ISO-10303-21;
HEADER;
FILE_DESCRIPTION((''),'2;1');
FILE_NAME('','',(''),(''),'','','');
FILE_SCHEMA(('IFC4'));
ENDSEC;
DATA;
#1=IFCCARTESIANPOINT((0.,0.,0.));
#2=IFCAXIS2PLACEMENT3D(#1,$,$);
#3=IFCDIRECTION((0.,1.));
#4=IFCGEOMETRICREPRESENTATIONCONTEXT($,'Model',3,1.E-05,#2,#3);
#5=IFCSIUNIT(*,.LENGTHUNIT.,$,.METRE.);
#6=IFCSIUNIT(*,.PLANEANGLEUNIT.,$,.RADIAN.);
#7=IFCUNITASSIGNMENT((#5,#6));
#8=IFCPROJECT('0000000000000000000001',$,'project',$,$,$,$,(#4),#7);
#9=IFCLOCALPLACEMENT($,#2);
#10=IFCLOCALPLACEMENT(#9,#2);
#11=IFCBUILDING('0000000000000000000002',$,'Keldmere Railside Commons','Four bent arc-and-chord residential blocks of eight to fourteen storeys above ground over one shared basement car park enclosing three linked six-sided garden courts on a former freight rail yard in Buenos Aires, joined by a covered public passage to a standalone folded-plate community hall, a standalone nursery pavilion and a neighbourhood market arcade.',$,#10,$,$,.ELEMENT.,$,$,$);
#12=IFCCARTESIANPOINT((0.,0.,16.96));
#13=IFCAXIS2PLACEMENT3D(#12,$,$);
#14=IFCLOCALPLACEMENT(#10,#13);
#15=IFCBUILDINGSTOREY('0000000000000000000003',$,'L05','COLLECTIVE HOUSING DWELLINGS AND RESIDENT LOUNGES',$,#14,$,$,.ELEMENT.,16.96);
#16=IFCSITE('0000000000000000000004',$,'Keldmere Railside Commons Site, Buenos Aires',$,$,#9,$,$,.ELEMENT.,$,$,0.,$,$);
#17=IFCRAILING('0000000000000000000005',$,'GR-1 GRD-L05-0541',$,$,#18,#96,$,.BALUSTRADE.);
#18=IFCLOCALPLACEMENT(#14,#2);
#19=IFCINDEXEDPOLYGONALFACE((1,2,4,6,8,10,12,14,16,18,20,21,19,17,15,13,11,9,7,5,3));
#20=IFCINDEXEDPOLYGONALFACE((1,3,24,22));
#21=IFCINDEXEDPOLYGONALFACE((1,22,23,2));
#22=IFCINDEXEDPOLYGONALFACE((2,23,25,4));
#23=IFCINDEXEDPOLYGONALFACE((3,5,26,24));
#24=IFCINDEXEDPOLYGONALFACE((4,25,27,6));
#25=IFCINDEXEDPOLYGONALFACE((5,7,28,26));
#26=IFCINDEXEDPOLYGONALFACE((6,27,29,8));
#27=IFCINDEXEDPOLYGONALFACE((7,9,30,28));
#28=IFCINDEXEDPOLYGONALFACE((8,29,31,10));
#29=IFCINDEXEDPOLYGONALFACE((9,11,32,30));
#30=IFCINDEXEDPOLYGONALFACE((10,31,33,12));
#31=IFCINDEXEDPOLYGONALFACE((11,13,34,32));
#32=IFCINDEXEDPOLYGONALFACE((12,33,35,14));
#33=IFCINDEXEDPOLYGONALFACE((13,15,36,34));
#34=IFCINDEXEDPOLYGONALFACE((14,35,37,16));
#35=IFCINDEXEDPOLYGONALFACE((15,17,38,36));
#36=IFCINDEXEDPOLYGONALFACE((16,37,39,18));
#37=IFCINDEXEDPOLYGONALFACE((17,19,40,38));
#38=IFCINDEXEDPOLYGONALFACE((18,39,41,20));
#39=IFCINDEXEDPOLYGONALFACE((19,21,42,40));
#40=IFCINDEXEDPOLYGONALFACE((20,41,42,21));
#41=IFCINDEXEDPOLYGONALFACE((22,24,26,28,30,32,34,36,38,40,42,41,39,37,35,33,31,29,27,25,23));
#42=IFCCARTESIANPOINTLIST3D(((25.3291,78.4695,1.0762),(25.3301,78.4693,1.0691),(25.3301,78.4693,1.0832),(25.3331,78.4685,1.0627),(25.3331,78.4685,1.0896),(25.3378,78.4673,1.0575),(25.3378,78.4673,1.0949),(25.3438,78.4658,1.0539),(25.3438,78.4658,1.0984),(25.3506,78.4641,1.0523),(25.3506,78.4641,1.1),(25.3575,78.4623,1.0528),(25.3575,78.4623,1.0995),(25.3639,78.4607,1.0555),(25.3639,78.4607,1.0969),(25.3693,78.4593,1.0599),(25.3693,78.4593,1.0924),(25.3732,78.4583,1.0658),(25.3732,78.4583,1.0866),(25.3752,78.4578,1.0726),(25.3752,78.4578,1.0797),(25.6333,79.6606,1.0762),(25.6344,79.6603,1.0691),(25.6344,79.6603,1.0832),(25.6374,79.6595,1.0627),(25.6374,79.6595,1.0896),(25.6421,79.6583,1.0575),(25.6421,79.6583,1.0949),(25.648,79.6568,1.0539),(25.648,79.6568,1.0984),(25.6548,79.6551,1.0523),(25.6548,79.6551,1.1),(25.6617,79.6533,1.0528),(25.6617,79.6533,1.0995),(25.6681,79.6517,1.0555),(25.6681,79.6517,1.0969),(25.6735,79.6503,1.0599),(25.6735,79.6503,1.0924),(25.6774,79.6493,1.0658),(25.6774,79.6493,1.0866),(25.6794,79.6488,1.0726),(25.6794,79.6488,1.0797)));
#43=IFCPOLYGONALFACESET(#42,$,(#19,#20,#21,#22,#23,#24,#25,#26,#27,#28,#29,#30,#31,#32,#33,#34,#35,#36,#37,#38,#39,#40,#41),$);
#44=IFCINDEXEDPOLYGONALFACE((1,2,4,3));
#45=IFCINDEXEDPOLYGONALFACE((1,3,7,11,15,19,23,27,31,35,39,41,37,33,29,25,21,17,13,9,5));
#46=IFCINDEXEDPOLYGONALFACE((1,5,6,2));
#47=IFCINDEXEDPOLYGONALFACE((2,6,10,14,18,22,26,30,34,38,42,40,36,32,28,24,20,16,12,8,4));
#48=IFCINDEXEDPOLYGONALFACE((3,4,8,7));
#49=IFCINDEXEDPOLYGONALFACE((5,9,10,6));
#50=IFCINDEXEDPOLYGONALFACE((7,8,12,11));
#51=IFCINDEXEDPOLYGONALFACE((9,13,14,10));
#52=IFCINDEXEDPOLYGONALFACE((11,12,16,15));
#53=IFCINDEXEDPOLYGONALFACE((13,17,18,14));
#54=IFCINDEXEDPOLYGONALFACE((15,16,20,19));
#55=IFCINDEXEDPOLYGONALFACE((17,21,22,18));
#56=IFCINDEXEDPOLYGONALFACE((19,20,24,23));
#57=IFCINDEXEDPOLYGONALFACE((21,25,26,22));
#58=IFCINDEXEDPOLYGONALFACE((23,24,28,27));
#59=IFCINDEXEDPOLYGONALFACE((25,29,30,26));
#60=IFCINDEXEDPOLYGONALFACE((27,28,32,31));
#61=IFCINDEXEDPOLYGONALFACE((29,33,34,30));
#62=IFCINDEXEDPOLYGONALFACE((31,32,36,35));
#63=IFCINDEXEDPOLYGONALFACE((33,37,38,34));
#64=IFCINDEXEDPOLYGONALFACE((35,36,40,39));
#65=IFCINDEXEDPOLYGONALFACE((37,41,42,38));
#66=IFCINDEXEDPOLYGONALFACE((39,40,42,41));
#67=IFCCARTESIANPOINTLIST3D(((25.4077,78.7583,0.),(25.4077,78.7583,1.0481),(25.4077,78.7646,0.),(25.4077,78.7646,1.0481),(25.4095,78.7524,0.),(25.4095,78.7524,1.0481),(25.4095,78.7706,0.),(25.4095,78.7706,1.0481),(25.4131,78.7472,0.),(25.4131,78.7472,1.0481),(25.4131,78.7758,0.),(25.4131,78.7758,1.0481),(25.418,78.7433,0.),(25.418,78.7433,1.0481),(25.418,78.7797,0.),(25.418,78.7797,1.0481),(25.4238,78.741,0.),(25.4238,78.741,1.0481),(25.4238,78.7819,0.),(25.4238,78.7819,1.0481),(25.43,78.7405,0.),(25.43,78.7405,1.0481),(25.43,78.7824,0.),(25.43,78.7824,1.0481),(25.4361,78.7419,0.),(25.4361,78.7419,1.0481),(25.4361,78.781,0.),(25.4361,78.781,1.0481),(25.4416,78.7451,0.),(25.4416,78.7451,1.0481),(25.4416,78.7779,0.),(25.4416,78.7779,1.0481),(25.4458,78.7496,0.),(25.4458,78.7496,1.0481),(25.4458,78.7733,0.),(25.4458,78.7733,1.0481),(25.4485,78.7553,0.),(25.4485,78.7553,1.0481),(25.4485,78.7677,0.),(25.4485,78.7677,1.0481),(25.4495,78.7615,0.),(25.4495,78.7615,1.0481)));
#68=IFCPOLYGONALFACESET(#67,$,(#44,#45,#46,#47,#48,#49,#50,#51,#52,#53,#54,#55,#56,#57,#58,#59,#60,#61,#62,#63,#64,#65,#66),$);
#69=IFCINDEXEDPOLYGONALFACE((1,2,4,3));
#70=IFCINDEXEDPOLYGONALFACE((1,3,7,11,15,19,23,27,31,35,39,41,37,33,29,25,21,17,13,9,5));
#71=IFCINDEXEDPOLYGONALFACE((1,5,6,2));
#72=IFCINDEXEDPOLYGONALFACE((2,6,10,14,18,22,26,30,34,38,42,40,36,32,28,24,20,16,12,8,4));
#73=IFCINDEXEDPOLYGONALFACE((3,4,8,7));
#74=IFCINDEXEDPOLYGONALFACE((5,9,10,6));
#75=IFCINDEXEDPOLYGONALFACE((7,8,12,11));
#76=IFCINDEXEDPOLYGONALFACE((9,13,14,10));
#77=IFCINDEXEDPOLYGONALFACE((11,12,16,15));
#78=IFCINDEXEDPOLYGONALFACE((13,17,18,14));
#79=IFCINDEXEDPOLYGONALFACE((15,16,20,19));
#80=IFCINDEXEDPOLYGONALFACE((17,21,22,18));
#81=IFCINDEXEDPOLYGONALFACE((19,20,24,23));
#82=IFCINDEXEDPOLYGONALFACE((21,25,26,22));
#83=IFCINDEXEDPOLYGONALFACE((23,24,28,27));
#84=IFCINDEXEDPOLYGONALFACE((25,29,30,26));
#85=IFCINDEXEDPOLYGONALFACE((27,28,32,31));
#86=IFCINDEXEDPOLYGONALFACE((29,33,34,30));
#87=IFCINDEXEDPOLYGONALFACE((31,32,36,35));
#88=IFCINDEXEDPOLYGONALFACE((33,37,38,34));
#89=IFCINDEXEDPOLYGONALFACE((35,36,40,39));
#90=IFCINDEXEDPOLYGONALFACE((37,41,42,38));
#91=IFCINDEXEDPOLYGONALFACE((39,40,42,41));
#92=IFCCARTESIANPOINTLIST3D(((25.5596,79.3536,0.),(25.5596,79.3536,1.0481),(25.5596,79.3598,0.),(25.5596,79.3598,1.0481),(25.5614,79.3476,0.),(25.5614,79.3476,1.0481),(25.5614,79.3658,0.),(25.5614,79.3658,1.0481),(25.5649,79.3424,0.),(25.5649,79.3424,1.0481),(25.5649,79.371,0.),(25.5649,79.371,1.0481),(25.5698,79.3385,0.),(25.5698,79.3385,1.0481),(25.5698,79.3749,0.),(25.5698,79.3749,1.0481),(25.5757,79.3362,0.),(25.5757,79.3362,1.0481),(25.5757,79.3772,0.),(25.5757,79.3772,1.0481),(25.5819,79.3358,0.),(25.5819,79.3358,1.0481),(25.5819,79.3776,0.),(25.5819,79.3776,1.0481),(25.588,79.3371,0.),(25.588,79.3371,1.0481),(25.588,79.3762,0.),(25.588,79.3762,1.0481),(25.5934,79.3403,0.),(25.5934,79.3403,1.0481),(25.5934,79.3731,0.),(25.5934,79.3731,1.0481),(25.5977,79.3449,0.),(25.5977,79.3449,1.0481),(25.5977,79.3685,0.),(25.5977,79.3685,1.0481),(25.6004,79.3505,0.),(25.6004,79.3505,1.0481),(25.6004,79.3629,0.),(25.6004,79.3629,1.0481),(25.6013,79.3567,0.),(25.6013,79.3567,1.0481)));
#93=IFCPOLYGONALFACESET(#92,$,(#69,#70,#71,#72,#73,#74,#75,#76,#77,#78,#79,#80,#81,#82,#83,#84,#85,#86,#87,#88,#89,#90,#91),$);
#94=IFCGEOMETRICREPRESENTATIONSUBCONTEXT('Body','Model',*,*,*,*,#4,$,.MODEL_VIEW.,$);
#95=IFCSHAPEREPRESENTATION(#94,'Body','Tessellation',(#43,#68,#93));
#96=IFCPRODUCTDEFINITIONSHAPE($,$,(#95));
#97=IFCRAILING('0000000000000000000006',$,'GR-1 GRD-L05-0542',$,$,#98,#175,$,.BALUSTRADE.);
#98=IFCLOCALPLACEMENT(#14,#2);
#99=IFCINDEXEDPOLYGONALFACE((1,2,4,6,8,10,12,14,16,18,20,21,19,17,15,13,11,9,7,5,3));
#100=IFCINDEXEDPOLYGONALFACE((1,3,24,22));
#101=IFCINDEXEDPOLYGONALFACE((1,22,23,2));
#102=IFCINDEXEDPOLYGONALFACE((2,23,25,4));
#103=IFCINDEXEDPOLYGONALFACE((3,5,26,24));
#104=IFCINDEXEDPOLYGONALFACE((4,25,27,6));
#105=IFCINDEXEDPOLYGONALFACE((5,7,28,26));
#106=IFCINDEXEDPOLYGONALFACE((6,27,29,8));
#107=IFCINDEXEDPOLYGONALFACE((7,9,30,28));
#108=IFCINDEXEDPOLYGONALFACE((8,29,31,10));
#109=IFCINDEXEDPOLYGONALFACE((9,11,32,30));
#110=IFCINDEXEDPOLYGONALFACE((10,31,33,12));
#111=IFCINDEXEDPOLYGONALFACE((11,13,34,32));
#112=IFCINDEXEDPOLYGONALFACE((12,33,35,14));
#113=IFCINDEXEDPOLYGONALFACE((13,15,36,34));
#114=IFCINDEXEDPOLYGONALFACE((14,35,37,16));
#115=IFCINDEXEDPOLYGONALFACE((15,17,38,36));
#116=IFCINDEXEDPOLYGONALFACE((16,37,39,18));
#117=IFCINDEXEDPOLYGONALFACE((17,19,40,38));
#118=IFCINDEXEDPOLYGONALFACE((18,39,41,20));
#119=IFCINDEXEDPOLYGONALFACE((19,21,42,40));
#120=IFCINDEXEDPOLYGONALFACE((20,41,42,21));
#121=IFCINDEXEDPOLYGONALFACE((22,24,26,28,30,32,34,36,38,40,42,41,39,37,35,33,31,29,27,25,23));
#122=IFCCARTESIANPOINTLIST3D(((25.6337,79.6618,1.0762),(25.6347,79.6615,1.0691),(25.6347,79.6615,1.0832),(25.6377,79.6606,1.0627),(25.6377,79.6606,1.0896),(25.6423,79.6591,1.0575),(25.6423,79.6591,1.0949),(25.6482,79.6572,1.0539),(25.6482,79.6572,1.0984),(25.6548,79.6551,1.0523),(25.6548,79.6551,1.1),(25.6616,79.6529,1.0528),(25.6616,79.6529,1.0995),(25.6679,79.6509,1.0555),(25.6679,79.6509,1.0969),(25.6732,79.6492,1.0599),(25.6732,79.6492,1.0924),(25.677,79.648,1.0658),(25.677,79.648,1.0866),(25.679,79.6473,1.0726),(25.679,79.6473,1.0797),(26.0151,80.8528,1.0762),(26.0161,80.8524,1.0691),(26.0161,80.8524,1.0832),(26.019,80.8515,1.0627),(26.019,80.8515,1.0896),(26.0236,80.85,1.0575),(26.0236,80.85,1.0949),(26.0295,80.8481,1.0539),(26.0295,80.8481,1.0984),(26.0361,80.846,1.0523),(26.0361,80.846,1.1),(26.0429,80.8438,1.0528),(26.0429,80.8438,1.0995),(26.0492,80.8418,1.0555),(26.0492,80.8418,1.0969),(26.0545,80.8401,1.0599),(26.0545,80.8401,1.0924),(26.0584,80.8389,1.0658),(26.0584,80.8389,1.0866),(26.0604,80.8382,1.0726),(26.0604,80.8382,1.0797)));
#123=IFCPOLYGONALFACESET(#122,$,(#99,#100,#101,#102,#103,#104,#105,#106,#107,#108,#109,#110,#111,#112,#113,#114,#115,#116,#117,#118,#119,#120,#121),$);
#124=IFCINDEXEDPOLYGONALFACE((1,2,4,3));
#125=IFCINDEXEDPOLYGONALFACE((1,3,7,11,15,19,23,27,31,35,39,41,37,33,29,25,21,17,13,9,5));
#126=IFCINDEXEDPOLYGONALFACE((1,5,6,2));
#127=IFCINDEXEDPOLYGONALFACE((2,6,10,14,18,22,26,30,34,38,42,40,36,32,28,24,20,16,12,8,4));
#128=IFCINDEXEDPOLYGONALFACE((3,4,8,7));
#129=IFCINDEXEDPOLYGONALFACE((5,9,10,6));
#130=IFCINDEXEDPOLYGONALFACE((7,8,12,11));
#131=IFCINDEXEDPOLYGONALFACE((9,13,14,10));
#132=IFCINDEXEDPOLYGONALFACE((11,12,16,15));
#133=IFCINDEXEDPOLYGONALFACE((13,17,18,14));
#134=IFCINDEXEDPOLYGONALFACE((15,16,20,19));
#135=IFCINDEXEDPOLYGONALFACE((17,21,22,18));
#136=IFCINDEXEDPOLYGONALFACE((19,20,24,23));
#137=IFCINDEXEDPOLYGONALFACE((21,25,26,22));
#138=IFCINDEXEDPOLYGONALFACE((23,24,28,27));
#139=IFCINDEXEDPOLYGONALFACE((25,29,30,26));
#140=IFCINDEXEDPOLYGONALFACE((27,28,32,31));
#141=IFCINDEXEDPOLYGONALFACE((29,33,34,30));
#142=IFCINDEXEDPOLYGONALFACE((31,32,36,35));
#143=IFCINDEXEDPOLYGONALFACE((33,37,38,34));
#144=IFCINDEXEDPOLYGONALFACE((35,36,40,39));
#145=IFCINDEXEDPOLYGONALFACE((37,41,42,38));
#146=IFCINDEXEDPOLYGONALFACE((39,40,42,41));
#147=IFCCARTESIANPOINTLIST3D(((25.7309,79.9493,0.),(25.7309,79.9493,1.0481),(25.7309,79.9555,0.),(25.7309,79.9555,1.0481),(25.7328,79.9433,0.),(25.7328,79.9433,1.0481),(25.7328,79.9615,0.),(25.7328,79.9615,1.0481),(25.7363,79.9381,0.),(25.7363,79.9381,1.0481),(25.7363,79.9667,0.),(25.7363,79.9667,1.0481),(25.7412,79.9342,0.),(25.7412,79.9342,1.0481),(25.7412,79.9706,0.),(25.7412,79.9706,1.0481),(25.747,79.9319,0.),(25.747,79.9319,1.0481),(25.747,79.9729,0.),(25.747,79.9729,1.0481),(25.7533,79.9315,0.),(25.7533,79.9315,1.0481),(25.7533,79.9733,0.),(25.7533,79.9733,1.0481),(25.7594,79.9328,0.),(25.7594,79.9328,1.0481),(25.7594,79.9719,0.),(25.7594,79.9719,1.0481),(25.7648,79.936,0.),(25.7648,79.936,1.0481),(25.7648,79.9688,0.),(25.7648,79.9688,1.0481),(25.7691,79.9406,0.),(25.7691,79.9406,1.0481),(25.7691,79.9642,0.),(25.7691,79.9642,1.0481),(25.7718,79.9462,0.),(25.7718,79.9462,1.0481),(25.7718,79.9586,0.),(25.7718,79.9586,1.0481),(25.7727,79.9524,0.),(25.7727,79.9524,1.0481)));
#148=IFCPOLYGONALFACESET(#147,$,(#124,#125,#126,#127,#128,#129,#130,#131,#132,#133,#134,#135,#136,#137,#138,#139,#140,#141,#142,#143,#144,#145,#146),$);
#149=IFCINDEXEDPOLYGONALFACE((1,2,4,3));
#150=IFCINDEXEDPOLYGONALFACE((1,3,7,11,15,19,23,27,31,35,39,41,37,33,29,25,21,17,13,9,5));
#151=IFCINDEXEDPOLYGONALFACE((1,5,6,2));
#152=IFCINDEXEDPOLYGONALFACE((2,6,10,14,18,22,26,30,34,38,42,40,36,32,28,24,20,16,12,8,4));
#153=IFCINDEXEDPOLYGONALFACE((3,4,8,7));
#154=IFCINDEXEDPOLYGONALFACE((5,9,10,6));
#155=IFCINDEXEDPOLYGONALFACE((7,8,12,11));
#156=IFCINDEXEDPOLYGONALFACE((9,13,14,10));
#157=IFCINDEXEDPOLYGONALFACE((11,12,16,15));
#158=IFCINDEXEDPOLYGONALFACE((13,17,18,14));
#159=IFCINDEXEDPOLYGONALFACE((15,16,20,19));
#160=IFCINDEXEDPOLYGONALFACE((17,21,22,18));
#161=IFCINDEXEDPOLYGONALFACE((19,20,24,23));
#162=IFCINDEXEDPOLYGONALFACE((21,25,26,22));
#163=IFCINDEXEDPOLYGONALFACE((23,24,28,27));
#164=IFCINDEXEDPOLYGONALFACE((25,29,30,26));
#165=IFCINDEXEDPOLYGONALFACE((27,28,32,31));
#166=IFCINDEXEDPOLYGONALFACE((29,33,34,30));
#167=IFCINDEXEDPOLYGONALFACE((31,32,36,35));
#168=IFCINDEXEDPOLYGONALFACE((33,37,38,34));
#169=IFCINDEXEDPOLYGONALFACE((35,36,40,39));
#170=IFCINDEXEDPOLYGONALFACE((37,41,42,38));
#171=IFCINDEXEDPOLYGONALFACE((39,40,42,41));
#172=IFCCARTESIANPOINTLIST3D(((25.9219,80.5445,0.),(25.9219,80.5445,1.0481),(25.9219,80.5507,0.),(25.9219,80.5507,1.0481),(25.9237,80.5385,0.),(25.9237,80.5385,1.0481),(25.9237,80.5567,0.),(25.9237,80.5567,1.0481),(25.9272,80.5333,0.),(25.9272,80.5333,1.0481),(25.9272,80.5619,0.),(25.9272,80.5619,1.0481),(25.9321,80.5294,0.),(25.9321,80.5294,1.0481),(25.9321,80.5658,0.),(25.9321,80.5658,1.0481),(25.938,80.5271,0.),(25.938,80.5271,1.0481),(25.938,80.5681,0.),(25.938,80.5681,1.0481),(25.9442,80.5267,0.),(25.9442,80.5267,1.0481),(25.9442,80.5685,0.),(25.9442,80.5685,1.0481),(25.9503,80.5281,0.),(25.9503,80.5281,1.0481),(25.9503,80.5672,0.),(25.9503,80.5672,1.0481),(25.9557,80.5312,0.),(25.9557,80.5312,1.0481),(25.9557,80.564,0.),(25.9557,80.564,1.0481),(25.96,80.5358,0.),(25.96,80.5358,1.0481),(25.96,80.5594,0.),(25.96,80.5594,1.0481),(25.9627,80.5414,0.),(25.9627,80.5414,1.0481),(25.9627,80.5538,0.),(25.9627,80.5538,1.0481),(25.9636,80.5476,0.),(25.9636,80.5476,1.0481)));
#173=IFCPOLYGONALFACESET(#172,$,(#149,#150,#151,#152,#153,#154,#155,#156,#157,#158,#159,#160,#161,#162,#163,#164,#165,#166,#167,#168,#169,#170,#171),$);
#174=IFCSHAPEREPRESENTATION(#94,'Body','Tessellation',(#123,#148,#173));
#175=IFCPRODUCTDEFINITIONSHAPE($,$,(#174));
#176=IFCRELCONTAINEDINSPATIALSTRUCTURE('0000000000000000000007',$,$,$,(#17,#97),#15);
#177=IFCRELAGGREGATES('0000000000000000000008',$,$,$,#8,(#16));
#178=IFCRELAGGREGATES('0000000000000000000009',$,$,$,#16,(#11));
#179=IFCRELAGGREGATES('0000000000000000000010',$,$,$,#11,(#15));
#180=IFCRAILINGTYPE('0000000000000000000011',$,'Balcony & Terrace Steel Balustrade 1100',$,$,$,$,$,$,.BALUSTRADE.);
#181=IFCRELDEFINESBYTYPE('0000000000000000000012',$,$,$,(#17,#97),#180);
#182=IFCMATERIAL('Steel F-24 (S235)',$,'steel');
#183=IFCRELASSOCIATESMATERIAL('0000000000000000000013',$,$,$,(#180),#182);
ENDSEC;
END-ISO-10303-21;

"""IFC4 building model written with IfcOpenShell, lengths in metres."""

from ifc_helpers import new_model, si_unit, direction, frame, origin, origin_2d, place, context, subcontext, project, spatial, circle, extrude, material, type_object, element, save


model = new_model("IFC4")

# Units and contexts
model_context = context("Model", 3, precision=1e-05, world=origin(), true_north=direction((0.0, 1.0)))
body_context = subcontext(model_context, "Body", "Model", "MODEL_VIEW")
ifc_project = project(units=[si_unit("LENGTHUNIT", "METRE"), si_unit("PLANEANGLEUNIT", "RADIAN")], contexts=[model_context])

# Site, building, storey
site_placement = place(None, origin())
site = spatial("IfcSite", under=ifc_project, at=site_placement, Name="Keldmere Railside Commons Site, Buenos Aires", CompositionType="ELEMENT", RefElevation=0.0)
building_placement = place(site_placement, origin())
building = spatial("IfcBuilding", under=site, at=building_placement, Name="Keldmere Railside Commons", Description="Four bent arc-and-chord residential blocks of eight to fourteen storeys above ground over one shared basement car park enclosing three linked six-sided garden courts on a former freight rail yard in Buenos Aires, joined by a covered public passage to a standalone folded-plate community hall, a standalone nursery pavilion and a neighbourhood market arcade.", CompositionType="ELEMENT")
storey_placement = place(building_placement, frame((0.0, 0.0, 16.96)))
storey = spatial("IfcBuildingStorey", under=building, at=storey_placement, Name="L05", Description="COLLECTIVE HOUSING DWELLINGS AND RESIDENT LOUNGES", CompositionType="ELEMENT", Elevation=16.96)

# Railings
ifc_material_1 = material(Name="Steel F-24 (S235)", Category="steel")
railing_type = type_object("IfcRailingType", Name="Balcony & Terrace Steel Balustrade 1100", PredefinedType="BALUSTRADE", material=ifc_material_1)
railing_1_placement = place(storey_placement, frame((25.3523, 78.4636, 0.0)))
element("IfcRailing", 1, at=railing_1_placement, inside=storey, type_object=railing_type, Name="GR-1 GRD-L05-0541", PredefinedType="BALUSTRADE", context=body_context, shape_type="SweptSolid", body=[
    extrude(circle(Radius=0.0239, at=origin_2d()), frame((0.0, 0.0, 1.0762), z_axis=(0.247486, 0.968891, 0.0), x_axis=(-0.968891, 0.247486, 0.0)), (0.0, 0.0, 1.0), 1.2292),
    extrude(circle(Radius=0.021, at=origin_2d()), frame((0.0762, 0.2979, 0.0)), (0.0, 0.0, 1.0), 1.0481),
    extrude(circle(Radius=0.021, at=origin_2d()), frame((0.228, 0.8931, 0.0)), (0.0, 0.0, 1.0), 1.0481),
])
railing_2_placement = place(storey_placement, frame((25.6565, 79.6545, 0.0)))
element("IfcRailing", 2, at=railing_2_placement, inside=storey, type_object=railing_type, Name="GR-1 GRD-L05-0542", PredefinedType="BALUSTRADE", context=body_context, shape_type="SweptSolid", body=[
    extrude(circle(Radius=0.0239, at=origin_2d()), frame((0.0, 0.0, 1.0762), z_axis=(0.30496, 0.952365, 0.0), x_axis=(-0.952365, 0.30496, 0.0)), (0.0, 0.0, 1.0), 1.2505),
    extrude(circle(Radius=0.021, at=origin_2d()), frame((0.0952, 0.2979, 0.0)), (0.0, 0.0, 1.0), 1.0481),
    extrude(circle(Radius=0.021, at=origin_2d()), frame((0.2861, 0.8931, 0.0)), (0.0, 0.0, 1.0), 1.0481),
])

save(model, "model.ifc")
